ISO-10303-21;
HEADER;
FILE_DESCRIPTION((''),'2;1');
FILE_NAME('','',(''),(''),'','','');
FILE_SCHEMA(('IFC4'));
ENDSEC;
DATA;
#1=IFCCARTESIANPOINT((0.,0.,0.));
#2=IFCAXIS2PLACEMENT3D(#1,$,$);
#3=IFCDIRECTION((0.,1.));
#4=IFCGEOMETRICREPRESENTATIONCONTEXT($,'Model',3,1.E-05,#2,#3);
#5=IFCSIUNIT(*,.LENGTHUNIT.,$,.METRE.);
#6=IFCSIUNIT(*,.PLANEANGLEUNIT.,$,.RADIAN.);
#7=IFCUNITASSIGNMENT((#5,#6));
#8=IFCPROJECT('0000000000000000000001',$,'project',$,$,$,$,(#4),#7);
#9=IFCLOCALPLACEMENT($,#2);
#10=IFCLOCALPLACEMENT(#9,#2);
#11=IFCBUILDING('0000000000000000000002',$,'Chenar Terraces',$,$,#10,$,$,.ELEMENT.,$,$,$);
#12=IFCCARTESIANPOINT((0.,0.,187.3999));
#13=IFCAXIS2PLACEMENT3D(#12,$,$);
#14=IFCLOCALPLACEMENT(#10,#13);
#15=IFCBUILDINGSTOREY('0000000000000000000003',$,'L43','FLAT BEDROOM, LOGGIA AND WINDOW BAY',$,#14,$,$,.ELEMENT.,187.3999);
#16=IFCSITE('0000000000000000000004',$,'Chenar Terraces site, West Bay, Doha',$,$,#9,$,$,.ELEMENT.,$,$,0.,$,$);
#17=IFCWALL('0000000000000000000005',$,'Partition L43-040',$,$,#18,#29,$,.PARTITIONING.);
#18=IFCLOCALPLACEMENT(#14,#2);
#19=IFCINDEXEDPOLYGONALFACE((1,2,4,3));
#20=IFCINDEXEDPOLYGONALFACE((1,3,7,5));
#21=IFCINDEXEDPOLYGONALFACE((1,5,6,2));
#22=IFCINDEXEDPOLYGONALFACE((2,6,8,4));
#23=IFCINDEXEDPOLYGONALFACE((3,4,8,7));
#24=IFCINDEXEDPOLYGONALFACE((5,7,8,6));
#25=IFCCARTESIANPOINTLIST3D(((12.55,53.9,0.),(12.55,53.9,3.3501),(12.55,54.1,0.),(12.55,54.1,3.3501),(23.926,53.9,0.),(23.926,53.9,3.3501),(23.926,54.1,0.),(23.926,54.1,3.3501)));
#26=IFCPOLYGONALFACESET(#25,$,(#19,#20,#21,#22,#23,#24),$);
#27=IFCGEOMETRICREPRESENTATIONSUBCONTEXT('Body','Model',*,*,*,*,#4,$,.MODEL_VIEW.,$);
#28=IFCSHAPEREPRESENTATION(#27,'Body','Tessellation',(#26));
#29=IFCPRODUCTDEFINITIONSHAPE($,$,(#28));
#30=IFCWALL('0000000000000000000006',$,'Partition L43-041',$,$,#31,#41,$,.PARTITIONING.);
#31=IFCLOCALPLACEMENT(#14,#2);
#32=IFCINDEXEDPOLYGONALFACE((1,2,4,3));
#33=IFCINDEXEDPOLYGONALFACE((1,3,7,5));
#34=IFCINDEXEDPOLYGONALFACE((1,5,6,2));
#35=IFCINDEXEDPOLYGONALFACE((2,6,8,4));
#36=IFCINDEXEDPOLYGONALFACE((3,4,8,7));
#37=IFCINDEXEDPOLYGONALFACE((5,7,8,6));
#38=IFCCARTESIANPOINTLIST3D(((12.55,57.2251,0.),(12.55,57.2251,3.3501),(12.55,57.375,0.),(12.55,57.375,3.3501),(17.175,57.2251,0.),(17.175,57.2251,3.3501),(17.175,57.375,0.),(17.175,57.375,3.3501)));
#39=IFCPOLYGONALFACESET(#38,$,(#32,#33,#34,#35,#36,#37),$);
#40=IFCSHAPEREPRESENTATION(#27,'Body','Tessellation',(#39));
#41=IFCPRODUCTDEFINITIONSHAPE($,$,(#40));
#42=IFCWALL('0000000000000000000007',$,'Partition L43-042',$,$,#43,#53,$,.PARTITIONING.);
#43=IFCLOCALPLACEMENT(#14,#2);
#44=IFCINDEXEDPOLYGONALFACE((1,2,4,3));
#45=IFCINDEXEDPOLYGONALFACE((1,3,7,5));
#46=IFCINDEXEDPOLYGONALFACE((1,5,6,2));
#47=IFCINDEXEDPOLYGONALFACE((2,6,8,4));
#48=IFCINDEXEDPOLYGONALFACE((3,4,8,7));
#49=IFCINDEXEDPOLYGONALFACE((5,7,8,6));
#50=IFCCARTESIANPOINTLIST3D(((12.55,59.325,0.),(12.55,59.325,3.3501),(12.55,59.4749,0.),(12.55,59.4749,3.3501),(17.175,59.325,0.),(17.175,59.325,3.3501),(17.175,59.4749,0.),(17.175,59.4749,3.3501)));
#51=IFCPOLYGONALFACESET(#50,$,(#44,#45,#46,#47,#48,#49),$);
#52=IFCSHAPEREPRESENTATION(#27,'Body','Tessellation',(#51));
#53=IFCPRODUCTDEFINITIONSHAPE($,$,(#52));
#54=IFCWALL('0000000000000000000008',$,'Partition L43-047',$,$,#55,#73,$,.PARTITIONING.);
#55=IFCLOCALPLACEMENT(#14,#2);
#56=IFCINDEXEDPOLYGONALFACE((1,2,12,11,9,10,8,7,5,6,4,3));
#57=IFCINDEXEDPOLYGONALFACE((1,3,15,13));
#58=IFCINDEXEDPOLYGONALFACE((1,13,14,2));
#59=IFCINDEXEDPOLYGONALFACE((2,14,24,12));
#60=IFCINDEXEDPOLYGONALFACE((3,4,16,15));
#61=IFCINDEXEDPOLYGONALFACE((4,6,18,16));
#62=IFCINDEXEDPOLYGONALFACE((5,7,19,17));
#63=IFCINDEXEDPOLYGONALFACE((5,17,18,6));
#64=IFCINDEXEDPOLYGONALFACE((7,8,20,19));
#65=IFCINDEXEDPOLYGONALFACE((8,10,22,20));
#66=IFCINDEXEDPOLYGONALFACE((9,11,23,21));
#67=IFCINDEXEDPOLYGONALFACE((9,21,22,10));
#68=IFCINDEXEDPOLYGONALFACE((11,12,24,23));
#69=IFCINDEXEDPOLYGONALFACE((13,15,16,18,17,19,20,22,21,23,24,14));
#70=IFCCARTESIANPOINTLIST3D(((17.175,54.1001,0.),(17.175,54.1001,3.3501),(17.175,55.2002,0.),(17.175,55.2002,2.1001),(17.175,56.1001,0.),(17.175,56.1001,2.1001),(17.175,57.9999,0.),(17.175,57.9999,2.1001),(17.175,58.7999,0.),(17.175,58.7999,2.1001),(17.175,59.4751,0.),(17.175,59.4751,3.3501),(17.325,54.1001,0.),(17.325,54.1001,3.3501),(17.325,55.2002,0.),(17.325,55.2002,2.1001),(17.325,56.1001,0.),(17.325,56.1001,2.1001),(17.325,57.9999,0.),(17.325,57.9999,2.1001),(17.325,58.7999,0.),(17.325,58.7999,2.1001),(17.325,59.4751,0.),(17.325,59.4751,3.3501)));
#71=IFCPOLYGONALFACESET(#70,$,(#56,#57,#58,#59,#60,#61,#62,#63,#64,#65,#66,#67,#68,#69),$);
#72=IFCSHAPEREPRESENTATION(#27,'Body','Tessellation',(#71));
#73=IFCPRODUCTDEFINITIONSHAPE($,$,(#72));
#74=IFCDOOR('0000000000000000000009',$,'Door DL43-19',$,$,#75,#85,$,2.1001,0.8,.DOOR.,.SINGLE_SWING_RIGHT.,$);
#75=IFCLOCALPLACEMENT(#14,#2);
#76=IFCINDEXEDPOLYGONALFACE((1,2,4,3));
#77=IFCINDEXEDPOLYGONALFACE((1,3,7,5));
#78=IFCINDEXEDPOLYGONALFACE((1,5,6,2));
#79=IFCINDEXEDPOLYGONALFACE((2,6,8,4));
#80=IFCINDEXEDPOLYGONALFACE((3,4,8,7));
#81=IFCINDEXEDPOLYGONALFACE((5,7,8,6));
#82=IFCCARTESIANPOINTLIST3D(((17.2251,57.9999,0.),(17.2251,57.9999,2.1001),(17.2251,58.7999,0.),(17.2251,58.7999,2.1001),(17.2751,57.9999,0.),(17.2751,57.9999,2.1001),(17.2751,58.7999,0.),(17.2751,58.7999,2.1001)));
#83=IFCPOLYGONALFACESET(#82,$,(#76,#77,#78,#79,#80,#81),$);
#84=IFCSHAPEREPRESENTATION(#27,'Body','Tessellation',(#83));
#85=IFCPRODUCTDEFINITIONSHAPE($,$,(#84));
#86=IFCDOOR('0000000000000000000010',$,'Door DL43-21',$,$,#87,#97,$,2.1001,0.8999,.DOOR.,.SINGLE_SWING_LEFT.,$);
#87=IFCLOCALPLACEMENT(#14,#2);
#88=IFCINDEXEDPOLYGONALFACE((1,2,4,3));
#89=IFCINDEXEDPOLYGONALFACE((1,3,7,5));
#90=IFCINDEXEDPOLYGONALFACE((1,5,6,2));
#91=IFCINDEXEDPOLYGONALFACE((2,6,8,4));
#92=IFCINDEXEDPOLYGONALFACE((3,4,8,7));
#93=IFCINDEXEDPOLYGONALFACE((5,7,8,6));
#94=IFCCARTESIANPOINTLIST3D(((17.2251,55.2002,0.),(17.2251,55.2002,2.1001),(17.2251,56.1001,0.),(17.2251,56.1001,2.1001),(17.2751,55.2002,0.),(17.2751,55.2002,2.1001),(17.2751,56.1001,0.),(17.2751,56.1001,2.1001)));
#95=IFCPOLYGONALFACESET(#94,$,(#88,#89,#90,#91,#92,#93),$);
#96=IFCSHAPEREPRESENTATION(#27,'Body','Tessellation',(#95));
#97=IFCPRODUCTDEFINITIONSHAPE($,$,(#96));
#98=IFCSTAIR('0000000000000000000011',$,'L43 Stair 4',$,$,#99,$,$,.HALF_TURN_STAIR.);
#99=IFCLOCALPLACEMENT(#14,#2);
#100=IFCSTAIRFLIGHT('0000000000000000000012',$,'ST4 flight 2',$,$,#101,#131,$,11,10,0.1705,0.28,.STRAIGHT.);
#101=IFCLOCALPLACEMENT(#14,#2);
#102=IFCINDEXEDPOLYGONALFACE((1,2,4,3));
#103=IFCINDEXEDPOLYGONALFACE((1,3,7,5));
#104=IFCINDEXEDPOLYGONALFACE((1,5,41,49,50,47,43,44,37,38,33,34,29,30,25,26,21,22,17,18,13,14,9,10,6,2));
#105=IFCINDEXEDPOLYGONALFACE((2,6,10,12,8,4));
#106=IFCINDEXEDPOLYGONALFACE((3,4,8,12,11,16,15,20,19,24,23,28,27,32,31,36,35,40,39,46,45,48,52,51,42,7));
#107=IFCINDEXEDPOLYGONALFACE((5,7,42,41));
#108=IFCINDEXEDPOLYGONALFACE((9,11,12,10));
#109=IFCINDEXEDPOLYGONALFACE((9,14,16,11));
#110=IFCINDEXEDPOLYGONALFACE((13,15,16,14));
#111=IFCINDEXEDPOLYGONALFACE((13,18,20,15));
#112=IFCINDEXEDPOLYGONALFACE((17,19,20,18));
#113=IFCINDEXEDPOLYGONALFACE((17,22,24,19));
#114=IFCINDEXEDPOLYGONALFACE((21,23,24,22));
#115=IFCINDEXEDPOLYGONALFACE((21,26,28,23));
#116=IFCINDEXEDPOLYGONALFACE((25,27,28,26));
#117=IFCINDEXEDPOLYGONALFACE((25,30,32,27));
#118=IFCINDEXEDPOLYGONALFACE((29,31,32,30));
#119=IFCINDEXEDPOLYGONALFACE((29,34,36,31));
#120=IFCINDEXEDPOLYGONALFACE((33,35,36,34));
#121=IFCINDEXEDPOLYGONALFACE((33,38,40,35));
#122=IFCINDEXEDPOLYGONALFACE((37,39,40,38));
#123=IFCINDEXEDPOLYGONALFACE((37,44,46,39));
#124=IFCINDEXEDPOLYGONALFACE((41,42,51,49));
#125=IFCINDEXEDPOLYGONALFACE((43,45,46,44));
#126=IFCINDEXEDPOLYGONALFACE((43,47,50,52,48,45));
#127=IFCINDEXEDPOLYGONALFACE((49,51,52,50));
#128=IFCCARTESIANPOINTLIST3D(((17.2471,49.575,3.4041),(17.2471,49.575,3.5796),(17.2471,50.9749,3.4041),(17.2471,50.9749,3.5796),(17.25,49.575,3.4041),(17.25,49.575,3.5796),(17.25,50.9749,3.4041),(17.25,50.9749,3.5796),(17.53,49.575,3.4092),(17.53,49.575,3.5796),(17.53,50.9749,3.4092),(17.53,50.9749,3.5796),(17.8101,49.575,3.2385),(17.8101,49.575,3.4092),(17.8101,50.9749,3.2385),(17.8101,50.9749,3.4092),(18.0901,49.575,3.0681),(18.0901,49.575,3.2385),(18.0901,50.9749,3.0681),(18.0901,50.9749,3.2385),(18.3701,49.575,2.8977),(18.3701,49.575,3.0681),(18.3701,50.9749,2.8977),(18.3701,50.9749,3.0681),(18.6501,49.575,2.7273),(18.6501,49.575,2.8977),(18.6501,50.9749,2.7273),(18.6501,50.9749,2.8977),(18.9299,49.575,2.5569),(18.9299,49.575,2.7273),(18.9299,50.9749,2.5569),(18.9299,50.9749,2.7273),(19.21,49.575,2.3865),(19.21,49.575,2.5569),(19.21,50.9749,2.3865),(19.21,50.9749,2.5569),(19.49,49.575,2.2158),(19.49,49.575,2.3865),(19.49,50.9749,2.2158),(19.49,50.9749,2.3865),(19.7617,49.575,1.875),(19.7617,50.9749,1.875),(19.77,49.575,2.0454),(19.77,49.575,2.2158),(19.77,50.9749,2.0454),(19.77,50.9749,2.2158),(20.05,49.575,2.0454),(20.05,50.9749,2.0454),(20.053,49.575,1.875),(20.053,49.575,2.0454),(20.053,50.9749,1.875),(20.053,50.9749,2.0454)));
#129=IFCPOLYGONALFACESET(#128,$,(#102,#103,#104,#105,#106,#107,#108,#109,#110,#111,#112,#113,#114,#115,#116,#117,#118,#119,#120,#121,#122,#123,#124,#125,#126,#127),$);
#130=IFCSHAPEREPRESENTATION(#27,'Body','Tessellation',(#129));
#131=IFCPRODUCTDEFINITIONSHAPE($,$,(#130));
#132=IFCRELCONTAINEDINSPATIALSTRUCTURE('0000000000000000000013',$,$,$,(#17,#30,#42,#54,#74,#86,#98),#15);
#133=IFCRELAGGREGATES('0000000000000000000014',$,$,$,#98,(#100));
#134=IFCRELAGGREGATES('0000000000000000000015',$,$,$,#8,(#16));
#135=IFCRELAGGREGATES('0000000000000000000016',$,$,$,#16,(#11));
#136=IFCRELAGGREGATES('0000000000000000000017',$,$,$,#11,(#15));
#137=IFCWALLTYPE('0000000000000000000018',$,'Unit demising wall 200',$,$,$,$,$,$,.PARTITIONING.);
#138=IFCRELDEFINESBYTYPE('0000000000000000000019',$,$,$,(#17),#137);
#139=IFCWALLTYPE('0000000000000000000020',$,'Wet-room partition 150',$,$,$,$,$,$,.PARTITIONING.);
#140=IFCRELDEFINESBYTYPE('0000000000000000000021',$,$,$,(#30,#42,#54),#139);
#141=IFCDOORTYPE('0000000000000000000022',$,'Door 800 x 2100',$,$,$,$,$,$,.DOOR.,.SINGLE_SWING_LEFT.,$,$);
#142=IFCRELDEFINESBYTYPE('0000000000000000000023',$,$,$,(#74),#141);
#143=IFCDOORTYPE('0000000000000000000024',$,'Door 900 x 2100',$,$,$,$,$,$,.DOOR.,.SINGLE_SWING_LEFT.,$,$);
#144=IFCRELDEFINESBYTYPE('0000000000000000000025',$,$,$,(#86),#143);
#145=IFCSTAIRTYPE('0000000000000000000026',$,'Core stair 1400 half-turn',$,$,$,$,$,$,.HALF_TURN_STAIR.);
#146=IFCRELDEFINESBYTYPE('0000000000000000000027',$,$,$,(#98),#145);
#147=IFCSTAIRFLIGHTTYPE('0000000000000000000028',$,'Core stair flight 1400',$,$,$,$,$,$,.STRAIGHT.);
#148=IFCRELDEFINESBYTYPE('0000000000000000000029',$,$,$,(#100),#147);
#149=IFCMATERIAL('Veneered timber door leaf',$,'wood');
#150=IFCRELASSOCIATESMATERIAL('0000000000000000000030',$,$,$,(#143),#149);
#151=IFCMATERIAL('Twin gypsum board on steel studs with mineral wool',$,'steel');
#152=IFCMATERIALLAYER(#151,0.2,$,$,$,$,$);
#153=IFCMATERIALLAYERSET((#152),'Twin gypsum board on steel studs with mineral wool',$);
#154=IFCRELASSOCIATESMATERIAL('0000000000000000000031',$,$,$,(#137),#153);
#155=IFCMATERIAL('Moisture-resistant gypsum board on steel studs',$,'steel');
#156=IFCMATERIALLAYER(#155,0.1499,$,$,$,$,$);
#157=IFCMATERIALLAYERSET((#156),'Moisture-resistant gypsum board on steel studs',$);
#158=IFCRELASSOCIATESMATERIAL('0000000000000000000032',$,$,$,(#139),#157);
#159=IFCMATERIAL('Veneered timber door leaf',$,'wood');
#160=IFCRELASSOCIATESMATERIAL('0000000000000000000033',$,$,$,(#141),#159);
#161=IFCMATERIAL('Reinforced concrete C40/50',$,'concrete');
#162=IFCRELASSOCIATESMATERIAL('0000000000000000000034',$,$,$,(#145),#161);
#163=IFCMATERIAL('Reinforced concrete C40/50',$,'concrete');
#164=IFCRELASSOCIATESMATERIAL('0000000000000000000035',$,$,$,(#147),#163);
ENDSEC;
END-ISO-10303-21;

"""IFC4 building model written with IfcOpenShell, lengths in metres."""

from ifc_helpers import new_model, si_unit, direction, frame, frame_2d, origin, place, context, subcontext, project, spatial, polyline, rectangle, outline, extrude, material, layer, layer_set, type_object, element, fill, aggregate, save


model = new_model("IFC4")

# Units and contexts
model_context = context("Model", 3, precision=1e-05, world=origin(), true_north=direction((0.0, 1.0)))
body_context = subcontext(model_context, "Body", "Model", "MODEL_VIEW")
ifc_project = project(units=[si_unit("LENGTHUNIT", "METRE"), si_unit("PLANEANGLEUNIT", "RADIAN")], contexts=[model_context])

# Site, building, storey
site_placement = place(None, origin())
site = spatial("IfcSite", under=ifc_project, at=site_placement, Name="Chenar Terraces site, West Bay, Doha", CompositionType="ELEMENT", RefElevation=0.0)
building_placement = place(site_placement, origin())
building = spatial("IfcBuilding", under=site, at=building_placement, Name="Chenar Terraces", CompositionType="ELEMENT")
storey_placement = place(building_placement, frame((0.0, 0.0, 187.3999)))
storey = spatial("IfcBuildingStorey", under=building, at=storey_placement, Name="L43", Description="FLAT BEDROOM, LOGGIA AND WINDOW BAY", CompositionType="ELEMENT", Elevation=187.3999)

# Shared definitions
ifc_material_1 = material(Name="Veneered timber door leaf", Category="wood")
door_type_1 = type_object("IfcDoorType", Name="Door 900 x 2100", OperationType="SINGLE_SWING_LEFT", PredefinedType="DOOR", material=ifc_material_1)

# Walls
ifc_material_2 = material(Name="Twin gypsum board on steel studs with mineral wool", Category="steel")
ifc_layer_1 = layer(ifc_material_2, 0.2)
ifc_layer_set_1 = layer_set([ifc_layer_1], Name="Twin gypsum board on steel studs with mineral wool")
wall_type_1 = type_object("IfcWallType", Name="Unit demising wall 200", PredefinedType="PARTITIONING", material=ifc_layer_set_1)
wall_1_placement = place(storey_placement, frame((12.55, 54.0, 0.0), z_axis=(0.0, 0.0, 1.0), x_axis=(1.0, 0.0, 0.0)))
element("IfcWall", 1, at=wall_1_placement, inside=storey, type_object=wall_type_1, Name="Partition L43-040", PredefinedType="PARTITIONING", context=body_context, shape_type="SweptSolid", body=[
    extrude(rectangle(XDim=11.376, YDim=0.2, at=frame_2d((5.688, 0.0))), origin(), (0.0, 0.0, 1.0), 3.3501),
])
ifc_material_3 = material(Name="Moisture-resistant gypsum board on steel studs", Category="steel")
ifc_layer_2 = layer(ifc_material_3, 0.1499)
ifc_layer_set_2 = layer_set([ifc_layer_2], Name="Moisture-resistant gypsum board on steel studs")
wall_type_2 = type_object("IfcWallType", Name="Wet-room partition 150", PredefinedType="PARTITIONING", material=ifc_layer_set_2)
for number, where, z_axis, x_axis, name in (
    (2, (12.55, 57.3, 0.0), (0.0, 0.0, 1.0), (1.0, 0.0, 0.0), "Partition L43-041"),
    (3, (12.55, 59.3999, 0.0), (0.0, 0.0, 1.0), (1.0, 0.0, 0.0), "Partition L43-042"),
):
    element("IfcWall", number, at=place(storey_placement, frame(where, z_axis=z_axis, x_axis=x_axis)), inside=storey, type_object=wall_type_2, Name=name, PredefinedType="PARTITIONING", context=body_context, shape_type="SweptSolid", body=[
        extrude(rectangle(XDim=4.625, YDim=0.1499, at=frame_2d((2.3125, 0.0))), origin(), (0.0, 0.0, 1.0), 3.3501),
    ])

# Wall, openings, doors
wall_2_placement = place(storey_placement, frame((17.25, 54.1001, 0.0), z_axis=(0.0, 0.0, 1.0), x_axis=(0.0, 1.0, 0.0)))
wall_2 = element("IfcWall", 4, at=wall_2_placement, inside=storey, type_object=wall_type_2, Name="Partition L43-047", PredefinedType="PARTITIONING", context=body_context, shape_type="SweptSolid", body=[
    extrude(rectangle(XDim=5.375, YDim=0.1499, at=frame_2d((2.6875, 0.0))), origin(), (0.0, 0.0, 1.0), 3.3501),
])
opening_1_placement = place(wall_2_placement, frame((3.8999, 0.0, 0.0)))
opening_1 = element("IfcOpeningElement", 5, at=opening_1_placement, cuts=wall_2, PredefinedType="OPENING", context=body_context, shape_type="SweptSolid", body=[
    extrude(rectangle(XDim=0.8, YDim=2.1001, at=frame_2d((0.3999, 1.05))), frame((0.0, 0.085, 0.0), z_axis=(0.0, -1.0, 0.0), x_axis=(1.0, 0.0, 0.0)), (0.0, 0.0, 1.0), 0.1699),
])
opening_2_placement = place(wall_2_placement, frame((1.1001, 0.0, 0.0)))
opening_2 = element("IfcOpeningElement", 6, at=opening_2_placement, cuts=wall_2, PredefinedType="OPENING", context=body_context, shape_type="SweptSolid", body=[
    extrude(rectangle(XDim=0.8999, YDim=2.1001, at=frame_2d((0.45, 1.05))), frame((0.0, 0.085, 0.0), z_axis=(0.0, -1.0, 0.0), x_axis=(1.0, 0.0, 0.0)), (0.0, 0.0, 1.0), 0.1699),
])
ifc_material_4 = material(Name="Veneered timber door leaf", Category="wood")
door_type_2 = type_object("IfcDoorType", Name="Door 800 x 2100", OperationType="SINGLE_SWING_LEFT", PredefinedType="DOOR", material=ifc_material_4)
door_1_placement = place(opening_1_placement, origin())
door_1 = element("IfcDoor", 7, at=door_1_placement, inside=storey, type_object=door_type_2, Name="Door DL43-19", OperationType="SINGLE_SWING_RIGHT", OverallHeight=2.1001, OverallWidth=0.8, PredefinedType="DOOR", context=body_context, shape_type="SweptSolid", body=[
    extrude(rectangle(XDim=0.8, YDim=2.1001, at=frame_2d((0.3999, 1.05))), frame((0.0, 0.0249, 0.0), z_axis=(0.0, -1.0, 0.0), x_axis=(1.0, 0.0, 0.0)), (0.0, 0.0, 1.0), 0.05),
])
fill(opening_1, door_1)
door_2_placement = place(opening_2_placement, origin())
door_2 = element("IfcDoor", 8, at=door_2_placement, inside=storey, type_object=door_type_1, Name="Door DL43-21", OperationType="SINGLE_SWING_LEFT", OverallHeight=2.1001, OverallWidth=0.8999, PredefinedType="DOOR", context=body_context, shape_type="SweptSolid", body=[
    extrude(rectangle(XDim=0.8999, YDim=2.1001, at=frame_2d((0.45, 1.05))), frame((0.0, 0.0249, 0.0), z_axis=(0.0, -1.0, 0.0), x_axis=(1.0, 0.0, 0.0)), (0.0, 0.0, 1.0), 0.05),
])
fill(opening_2, door_2)

# Stair, stair flight
ifc_material_5 = material(Name="Reinforced concrete C40/50", Category="concrete")
stair_type = type_object("IfcStairType", Name="Core stair 1400 half-turn", PredefinedType="HALF_TURN_STAIR", material=ifc_material_5)
stair_placement = place(storey_placement, origin())
stair = element("IfcStair", 9, at=stair_placement, inside=storey, type_object=stair_type, Name="L43 Stair 4", PredefinedType="HALF_TURN_STAIR")
ifc_material_6 = material(Name="Reinforced concrete C40/50", Category="concrete")
stair_flight_type = type_object("IfcStairFlightType", Name="Core stair flight 1400", PredefinedType="STRAIGHT", material=ifc_material_6)
stair_flight_placement = place(storey_placement, frame((20.05, 50.2749, 1.875), z_axis=(0.0, 0.0, 1.0), x_axis=(-1.0, 0.0, 0.0)))
stair_flight = element("IfcStairFlight", 10, at=stair_flight_placement, type_object=stair_flight_type, Name="ST4 flight 2", NumberOfRisers=11, NumberOfTreads=10, PredefinedType="STRAIGHT", RiserHeight=0.1705, TreadLength=0.28, context=body_context, shape_type="SweptSolid", body=[
    extrude(outline(polyline([(-0.0029, 0.0), (-0.0029, 0.1704), (0.0, 0.1704), (0.28, 0.1704), (0.28, 0.3408), (0.5601, 0.3408), (0.5601, 0.5115), (0.8401, 0.5115), (0.8401, 0.6819), (1.1201, 0.6819), (1.1201, 0.8523), (1.3999, 0.8523), (1.3999, 1.0227), (1.6799, 1.0227), (1.6799, 1.1931), (1.96, 1.1931), (1.96, 1.3635), (2.24, 1.3635), (2.24, 1.5342), (2.52, 1.5342), (2.52, 1.7046), (2.8, 1.7046), (2.803, 1.7046), (2.803, 1.5291), (2.8, 1.5291), (0.2883, 0.0), (-0.0029, 0.0)])), frame((0.0, 0.7, 0.0), z_axis=(0.0, -1.0, 0.0), x_axis=(1.0, 0.0, 0.0)), (0.0, 0.0, 1.0), 1.3999),
])
aggregate(stair, [stair_flight])

save(model, "model.ifc")
